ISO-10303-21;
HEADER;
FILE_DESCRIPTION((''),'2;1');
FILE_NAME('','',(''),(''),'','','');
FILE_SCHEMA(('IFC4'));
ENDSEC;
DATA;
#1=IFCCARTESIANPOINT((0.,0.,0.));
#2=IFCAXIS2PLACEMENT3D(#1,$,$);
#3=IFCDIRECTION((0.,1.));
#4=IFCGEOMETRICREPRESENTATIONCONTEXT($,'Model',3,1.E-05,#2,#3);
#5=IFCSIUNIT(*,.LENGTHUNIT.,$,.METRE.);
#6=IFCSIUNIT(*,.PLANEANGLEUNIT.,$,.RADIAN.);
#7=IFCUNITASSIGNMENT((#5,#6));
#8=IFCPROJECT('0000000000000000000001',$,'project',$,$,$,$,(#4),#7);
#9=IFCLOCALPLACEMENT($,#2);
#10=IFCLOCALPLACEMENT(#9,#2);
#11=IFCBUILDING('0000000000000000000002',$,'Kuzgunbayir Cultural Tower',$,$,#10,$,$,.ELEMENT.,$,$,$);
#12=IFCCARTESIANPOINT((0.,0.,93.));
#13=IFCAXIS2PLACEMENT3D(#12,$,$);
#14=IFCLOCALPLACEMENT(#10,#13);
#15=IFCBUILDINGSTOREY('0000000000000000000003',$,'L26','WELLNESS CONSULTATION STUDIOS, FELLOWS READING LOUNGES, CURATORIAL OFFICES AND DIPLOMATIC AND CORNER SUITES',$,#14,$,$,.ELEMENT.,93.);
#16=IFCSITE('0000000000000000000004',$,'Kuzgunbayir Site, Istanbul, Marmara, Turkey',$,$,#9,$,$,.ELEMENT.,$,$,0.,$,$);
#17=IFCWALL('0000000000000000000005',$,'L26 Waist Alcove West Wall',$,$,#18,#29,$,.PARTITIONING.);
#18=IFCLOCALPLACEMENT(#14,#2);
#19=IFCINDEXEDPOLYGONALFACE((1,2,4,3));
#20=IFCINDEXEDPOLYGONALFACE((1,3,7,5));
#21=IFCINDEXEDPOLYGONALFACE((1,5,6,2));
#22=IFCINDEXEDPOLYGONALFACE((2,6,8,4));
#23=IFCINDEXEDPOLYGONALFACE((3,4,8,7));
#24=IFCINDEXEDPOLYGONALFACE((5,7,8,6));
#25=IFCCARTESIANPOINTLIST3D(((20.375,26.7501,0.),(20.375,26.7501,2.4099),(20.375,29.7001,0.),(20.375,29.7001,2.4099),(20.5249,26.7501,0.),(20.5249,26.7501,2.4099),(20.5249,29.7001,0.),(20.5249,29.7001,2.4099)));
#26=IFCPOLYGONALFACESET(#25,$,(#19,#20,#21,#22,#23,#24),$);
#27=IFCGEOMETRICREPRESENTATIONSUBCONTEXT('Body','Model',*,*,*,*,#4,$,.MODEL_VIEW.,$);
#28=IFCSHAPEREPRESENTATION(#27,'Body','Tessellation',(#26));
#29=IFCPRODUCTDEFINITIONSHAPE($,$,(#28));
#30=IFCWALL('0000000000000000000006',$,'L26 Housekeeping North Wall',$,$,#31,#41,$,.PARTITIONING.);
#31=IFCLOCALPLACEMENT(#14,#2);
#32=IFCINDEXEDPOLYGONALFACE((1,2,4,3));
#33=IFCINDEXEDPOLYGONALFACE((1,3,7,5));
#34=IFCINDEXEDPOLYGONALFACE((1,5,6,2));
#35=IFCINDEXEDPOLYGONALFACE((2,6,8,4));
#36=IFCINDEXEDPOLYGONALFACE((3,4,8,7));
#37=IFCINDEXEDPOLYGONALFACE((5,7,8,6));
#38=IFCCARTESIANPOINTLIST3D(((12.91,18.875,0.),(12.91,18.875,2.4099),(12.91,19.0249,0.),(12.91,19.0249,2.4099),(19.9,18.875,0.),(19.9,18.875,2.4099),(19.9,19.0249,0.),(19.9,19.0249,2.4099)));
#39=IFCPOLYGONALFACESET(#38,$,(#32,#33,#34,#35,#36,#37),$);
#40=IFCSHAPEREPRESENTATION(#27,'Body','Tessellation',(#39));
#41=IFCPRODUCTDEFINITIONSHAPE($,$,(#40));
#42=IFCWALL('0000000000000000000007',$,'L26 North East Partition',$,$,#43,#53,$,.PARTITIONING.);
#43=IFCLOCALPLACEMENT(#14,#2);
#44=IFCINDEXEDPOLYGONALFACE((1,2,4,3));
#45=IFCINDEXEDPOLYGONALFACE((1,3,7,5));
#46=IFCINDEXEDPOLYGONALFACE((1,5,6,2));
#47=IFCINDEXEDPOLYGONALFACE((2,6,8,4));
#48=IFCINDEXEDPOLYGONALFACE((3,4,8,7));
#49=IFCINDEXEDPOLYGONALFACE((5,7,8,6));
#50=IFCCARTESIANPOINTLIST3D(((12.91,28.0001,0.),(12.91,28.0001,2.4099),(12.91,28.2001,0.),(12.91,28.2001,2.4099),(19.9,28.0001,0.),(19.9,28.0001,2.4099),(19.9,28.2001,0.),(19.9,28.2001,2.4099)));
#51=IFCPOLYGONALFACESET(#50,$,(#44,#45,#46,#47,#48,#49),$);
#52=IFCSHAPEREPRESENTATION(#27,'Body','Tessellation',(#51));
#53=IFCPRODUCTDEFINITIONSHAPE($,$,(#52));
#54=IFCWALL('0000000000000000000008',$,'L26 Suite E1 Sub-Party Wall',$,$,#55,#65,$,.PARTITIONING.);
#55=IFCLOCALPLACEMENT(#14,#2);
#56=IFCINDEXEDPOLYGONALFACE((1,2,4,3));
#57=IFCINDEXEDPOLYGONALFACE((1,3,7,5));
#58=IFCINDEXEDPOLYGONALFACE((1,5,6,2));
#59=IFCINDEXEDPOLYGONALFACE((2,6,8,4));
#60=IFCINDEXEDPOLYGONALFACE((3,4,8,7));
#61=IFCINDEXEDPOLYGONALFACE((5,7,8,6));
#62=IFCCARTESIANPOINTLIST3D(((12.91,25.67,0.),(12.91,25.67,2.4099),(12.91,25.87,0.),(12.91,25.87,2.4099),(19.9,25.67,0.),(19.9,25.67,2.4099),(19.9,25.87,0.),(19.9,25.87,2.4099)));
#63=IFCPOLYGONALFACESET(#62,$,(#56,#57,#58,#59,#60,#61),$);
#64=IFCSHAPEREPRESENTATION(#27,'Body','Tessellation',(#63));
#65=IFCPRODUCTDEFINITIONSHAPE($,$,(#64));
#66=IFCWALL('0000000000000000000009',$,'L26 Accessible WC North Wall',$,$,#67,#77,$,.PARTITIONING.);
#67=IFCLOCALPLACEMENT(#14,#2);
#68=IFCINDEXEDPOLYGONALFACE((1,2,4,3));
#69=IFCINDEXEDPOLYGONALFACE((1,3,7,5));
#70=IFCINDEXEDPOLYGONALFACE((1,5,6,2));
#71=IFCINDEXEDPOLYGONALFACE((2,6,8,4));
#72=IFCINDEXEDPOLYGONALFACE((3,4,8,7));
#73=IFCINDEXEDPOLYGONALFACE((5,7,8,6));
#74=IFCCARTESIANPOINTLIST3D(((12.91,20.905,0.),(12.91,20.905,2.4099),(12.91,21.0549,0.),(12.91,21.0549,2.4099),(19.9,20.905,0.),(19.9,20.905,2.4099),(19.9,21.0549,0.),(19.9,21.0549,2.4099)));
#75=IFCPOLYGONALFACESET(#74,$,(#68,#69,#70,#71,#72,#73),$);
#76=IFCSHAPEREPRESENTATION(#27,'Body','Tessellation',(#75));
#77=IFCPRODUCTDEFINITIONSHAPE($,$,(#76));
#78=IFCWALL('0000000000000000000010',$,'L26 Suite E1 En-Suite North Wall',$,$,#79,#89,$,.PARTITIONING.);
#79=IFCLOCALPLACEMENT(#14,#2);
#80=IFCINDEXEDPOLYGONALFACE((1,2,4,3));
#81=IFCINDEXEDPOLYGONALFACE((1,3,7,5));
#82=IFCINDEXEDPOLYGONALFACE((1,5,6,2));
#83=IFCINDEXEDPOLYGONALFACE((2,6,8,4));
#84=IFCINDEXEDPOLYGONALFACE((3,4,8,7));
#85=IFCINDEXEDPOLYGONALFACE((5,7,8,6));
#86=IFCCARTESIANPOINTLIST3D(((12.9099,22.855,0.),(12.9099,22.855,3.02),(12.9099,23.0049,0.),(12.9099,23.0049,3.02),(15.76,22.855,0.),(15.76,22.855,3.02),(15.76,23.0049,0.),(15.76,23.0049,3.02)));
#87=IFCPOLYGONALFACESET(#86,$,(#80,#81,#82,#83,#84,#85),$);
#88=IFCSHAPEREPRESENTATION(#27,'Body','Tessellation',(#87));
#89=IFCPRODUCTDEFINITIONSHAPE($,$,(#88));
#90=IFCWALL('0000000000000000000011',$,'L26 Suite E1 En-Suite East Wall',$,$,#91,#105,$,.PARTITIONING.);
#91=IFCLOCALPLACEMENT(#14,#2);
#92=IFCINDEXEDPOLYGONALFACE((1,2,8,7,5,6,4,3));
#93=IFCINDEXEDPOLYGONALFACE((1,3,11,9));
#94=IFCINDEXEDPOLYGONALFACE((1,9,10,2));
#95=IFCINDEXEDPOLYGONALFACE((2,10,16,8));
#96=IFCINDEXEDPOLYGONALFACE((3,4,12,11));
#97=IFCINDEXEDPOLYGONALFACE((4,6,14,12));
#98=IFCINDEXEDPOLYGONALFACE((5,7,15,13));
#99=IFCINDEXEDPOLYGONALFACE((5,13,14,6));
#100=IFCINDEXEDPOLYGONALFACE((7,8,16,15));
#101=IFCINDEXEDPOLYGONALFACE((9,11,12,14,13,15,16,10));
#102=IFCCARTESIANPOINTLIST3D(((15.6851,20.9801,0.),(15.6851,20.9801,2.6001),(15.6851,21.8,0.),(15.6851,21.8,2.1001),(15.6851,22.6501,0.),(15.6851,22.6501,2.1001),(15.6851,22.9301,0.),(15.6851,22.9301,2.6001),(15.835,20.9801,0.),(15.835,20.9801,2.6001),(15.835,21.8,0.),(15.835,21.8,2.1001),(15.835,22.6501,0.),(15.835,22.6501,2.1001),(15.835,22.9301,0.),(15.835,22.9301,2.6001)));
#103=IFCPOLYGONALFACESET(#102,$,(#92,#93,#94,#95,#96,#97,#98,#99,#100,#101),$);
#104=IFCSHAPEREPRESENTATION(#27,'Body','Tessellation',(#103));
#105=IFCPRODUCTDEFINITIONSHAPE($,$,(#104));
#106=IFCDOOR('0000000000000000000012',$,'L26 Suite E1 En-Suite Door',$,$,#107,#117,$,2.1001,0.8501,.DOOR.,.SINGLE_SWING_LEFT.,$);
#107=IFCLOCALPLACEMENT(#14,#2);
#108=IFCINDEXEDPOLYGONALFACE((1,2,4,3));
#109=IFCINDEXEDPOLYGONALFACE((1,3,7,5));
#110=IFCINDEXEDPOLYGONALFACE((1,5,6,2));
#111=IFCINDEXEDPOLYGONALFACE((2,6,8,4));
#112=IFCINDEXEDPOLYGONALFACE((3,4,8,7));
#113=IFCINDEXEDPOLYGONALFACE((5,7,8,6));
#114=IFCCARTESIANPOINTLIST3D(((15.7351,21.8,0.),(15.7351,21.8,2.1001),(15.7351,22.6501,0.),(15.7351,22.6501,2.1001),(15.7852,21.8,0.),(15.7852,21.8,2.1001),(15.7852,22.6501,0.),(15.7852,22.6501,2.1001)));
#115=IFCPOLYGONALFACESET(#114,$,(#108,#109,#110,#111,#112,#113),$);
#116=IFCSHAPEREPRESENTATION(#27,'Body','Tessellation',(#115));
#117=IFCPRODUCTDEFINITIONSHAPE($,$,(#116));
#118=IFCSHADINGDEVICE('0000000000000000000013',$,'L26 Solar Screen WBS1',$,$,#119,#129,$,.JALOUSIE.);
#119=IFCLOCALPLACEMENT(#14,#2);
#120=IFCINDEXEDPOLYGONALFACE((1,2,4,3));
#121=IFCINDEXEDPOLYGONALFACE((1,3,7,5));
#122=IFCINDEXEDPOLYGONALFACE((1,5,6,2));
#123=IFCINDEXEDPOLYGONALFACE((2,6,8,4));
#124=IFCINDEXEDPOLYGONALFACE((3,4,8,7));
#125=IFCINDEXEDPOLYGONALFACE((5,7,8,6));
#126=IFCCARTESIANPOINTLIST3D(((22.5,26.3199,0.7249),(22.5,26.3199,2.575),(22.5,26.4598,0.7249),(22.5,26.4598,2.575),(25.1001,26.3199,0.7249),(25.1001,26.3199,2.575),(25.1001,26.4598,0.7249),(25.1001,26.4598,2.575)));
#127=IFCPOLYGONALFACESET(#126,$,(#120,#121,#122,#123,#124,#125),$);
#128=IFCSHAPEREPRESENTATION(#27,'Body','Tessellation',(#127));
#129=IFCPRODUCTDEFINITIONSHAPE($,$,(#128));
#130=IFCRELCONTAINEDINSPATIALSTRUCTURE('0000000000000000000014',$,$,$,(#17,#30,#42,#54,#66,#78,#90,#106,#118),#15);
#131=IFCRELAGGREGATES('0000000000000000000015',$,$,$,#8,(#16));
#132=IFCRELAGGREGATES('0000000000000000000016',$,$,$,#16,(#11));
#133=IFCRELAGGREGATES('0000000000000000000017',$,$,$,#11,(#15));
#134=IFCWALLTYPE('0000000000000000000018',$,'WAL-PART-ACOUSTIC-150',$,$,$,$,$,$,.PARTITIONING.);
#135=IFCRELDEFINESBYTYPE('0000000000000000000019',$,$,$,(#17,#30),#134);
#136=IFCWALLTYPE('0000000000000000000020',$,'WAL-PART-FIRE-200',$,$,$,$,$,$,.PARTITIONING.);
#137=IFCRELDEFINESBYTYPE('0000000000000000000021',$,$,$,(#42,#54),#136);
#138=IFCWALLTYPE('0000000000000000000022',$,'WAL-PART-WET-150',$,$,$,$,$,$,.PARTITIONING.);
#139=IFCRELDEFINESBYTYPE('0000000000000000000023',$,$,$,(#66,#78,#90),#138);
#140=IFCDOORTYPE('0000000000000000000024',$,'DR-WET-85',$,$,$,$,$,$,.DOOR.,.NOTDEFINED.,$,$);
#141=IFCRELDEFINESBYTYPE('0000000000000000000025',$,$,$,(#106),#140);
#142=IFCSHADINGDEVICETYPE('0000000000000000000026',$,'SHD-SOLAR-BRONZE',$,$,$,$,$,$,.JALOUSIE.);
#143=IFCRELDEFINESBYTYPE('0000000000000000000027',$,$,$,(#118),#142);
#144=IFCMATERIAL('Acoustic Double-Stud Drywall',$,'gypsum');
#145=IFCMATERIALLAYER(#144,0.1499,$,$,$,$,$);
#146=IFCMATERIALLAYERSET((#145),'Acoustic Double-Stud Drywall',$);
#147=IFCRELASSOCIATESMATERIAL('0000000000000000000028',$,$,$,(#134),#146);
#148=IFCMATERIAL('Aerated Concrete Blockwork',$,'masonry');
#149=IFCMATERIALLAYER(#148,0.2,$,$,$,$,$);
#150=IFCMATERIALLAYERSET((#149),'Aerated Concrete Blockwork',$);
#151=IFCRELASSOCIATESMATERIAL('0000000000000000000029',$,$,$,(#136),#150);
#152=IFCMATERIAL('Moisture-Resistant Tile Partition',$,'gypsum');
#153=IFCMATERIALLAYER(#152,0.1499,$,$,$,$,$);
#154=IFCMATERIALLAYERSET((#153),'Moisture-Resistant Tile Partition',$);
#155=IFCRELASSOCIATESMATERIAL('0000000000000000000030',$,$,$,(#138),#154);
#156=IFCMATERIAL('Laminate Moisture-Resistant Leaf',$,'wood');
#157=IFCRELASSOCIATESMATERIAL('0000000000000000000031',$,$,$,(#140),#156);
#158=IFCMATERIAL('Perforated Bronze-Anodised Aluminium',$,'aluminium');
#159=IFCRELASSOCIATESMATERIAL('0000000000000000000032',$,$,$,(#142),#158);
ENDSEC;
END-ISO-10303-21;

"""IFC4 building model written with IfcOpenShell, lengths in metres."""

from ifc_helpers import new_model, si_unit, direction, frame, frame_2d, origin, origin_2d, place, context, subcontext, project, spatial, rectangle, extrude, material, layer, layer_set, type_object, element, fill, save


model = new_model("IFC4")

# Units and contexts
model_context = context("Model", 3, precision=1e-05, world=origin(), true_north=direction((0.0, 1.0)))
body_context = subcontext(model_context, "Body", "Model", "MODEL_VIEW")
ifc_project = project(units=[si_unit("LENGTHUNIT", "METRE"), si_unit("PLANEANGLEUNIT", "RADIAN")], contexts=[model_context])

# Site, building, storey
site_placement = place(None, origin())
site = spatial("IfcSite", under=ifc_project, at=site_placement, Name="Kuzgunbayir Site, Istanbul, Marmara, Turkey", CompositionType="ELEMENT", RefElevation=0.0)
building_placement = place(site_placement, origin())
building = spatial("IfcBuilding", under=site, at=building_placement, Name="Kuzgunbayir Cultural Tower", CompositionType="ELEMENT")
storey_placement = place(building_placement, frame((0.0, 0.0, 93.0)))
storey = spatial("IfcBuildingStorey", under=building, at=storey_placement, Name="L26", Description="WELLNESS CONSULTATION STUDIOS, FELLOWS READING LOUNGES, CURATORIAL OFFICES AND DIPLOMATIC AND CORNER SUITES", CompositionType="ELEMENT", Elevation=93.0)

# Shared definitions
ifc_material_1 = material(Name="Acoustic Double-Stud Drywall", Category="gypsum")
ifc_layer_1 = layer(ifc_material_1, 0.1499)
ifc_layer_set_1 = layer_set([ifc_layer_1], Name="Acoustic Double-Stud Drywall")
wall_type_1 = type_object("IfcWallType", Name="WAL-PART-ACOUSTIC-150", PredefinedType="PARTITIONING", material=ifc_layer_set_1)

# Walls
wall_1_placement = place(storey_placement, frame((20.45, 26.75, 0.0), z_axis=(0.0, 0.0, 1.0), x_axis=(0.0, 1.0, 0.0)))
element("IfcWall", 1, at=wall_1_placement, inside=storey, type_object=wall_type_1, Name="L26 Waist Alcove West Wall", PredefinedType="PARTITIONING", context=body_context, shape_type="SweptSolid", body=[
    extrude(rectangle(XDim=2.95, YDim=0.1499, at=frame_2d((1.4751, 0.0))), origin(), (0.0, 0.0, 1.0), 2.4099),
])
wall_2_placement = place(storey_placement, frame((12.9099, 18.95, 0.0), z_axis=(0.0, 0.0, 1.0), x_axis=(1.0, 0.0, 0.0)))
element("IfcWall", 2, at=wall_2_placement, inside=storey, type_object=wall_type_1, Name="L26 Housekeeping North Wall", PredefinedType="PARTITIONING", context=body_context, shape_type="SweptSolid", body=[
    extrude(rectangle(XDim=6.99, YDim=0.1499, at=frame_2d((3.4951, 0.0))), origin(), (0.0, 0.0, 1.0), 2.4099),
])
ifc_material_2 = material(Name="Aerated Concrete Blockwork", Category="masonry")
ifc_layer_2 = layer(ifc_material_2, 0.2)
ifc_layer_set_2 = layer_set([ifc_layer_2], Name="Aerated Concrete Blockwork")
wall_type_2 = type_object("IfcWallType", Name="WAL-PART-FIRE-200", PredefinedType="PARTITIONING", material=ifc_layer_set_2)
for number, where, z_axis, x_axis, name in (
    (3, (12.9099, 28.1001, 0.0), (0.0, 0.0, 1.0), (1.0, 0.0, 0.0), "L26 North East Partition"),
    (4, (12.9099, 25.77, 0.0), (0.0, 0.0, 1.0), (1.0, 0.0, 0.0), "L26 Suite E1 Sub-Party Wall"),
):
    element("IfcWall", number, at=place(storey_placement, frame(where, z_axis=z_axis, x_axis=x_axis)), inside=storey, type_object=wall_type_2, Name=name, PredefinedType="PARTITIONING", context=body_context, shape_type="SweptSolid", body=[
        extrude(rectangle(XDim=6.99, YDim=0.2, at=frame_2d((3.4951, 0.0))), origin(), (0.0, 0.0, 1.0), 2.4099),
    ])
ifc_material_3 = material(Name="Moisture-Resistant Tile Partition", Category="gypsum")
ifc_layer_3 = layer(ifc_material_3, 0.1499)
ifc_layer_set_3 = layer_set([ifc_layer_3], Name="Moisture-Resistant Tile Partition")
wall_type_3 = type_object("IfcWallType", Name="WAL-PART-WET-150", PredefinedType="PARTITIONING", material=ifc_layer_set_3)
wall_3_placement = place(storey_placement, frame((12.9099, 20.98, 0.0), z_axis=(0.0, 0.0, 1.0), x_axis=(1.0, 0.0, 0.0)))
element("IfcWall", 5, at=wall_3_placement, inside=storey, type_object=wall_type_3, Name="L26 Accessible WC North Wall", PredefinedType="PARTITIONING", context=body_context, shape_type="SweptSolid", body=[
    extrude(rectangle(XDim=6.99, YDim=0.1499, at=frame_2d((3.4951, 0.0))), origin(), (0.0, 0.0, 1.0), 2.4099),
])
wall_4_placement = place(storey_placement, frame((12.9099, 22.9299, 0.0), z_axis=(0.0, 0.0, 1.0), x_axis=(1.0, 0.0, 0.0)))
element("IfcWall", 6, at=wall_4_placement, inside=storey, type_object=wall_type_3, Name="L26 Suite E1 En-Suite North Wall", PredefinedType="PARTITIONING", context=body_context, shape_type="SweptSolid", body=[
    extrude(rectangle(XDim=2.8501, YDim=0.1499, at=frame_2d((1.425, 0.0))), origin(), (0.0, 0.0, 1.0), 3.02),
])

# Wall, opening, door
wall_5_placement = place(storey_placement, frame((15.76, 20.98, 0.0), z_axis=(0.0, 0.0, 1.0), x_axis=(0.0, 1.0, 0.0)))
wall_5 = element("IfcWall", 7, at=wall_5_placement, inside=storey, type_object=wall_type_3, Name="L26 Suite E1 En-Suite East Wall", PredefinedType="PARTITIONING", context=body_context, shape_type="SweptSolid", body=[
    extrude(rectangle(XDim=1.95, YDim=0.1499, at=frame_2d((0.9751, 0.0))), origin(), (0.0, 0.0, 1.0), 2.6001),
])
opening_1_placement = place(wall_5_placement, frame((0.8201, 0.0, 0.0)))
opening_1 = element("IfcOpeningElement", 8, at=opening_1_placement, cuts=wall_5, PredefinedType="OPENING", context=body_context, shape_type="SweptSolid", body=[
    extrude(rectangle(XDim=0.8501, YDim=2.1001, at=frame_2d((0.425, 1.05))), frame((0.0, 0.085, 0.0), z_axis=(0.0, -1.0, 0.0), x_axis=(1.0, 0.0, 0.0)), (0.0, 0.0, 1.0), 0.1699),
])
ifc_material_4 = material(Name="Laminate Moisture-Resistant Leaf", Category="wood")
door_type_1 = type_object("IfcDoorType", Name="DR-WET-85", OperationType="NOTDEFINED", PredefinedType="DOOR", material=ifc_material_4)
door_1_placement = place(opening_1_placement, origin())
door_1 = element("IfcDoor", 9, at=door_1_placement, inside=storey, type_object=door_type_1, Name="L26 Suite E1 En-Suite Door", OperationType="SINGLE_SWING_LEFT", OverallHeight=2.1001, OverallWidth=0.8501, PredefinedType="DOOR", context=body_context, shape_type="SweptSolid", body=[
    extrude(rectangle(XDim=0.8501, YDim=2.1001, at=frame_2d((0.425, 1.05))), frame((0.0, 0.0249, 0.0), z_axis=(0.0, -1.0, 0.0), x_axis=(1.0, 0.0, 0.0)), (0.0, 0.0, 1.0), 0.05),
])
fill(opening_1, door_1)

# Shading device
ifc_material_5 = material(Name="Perforated Bronze-Anodised Aluminium", Category="aluminium")
shading_device_type = type_object("IfcShadingDeviceType", Name="SHD-SOLAR-BRONZE", PredefinedType="JALOUSIE", material=ifc_material_5)
shading_device_placement = place(storey_placement, frame((23.8, 26.3899, 0.7249), z_axis=(0.0, 0.0, 1.0), x_axis=(1.0, 0.0, 0.0)))
element("IfcShadingDevice", 10, at=shading_device_placement, inside=storey, type_object=shading_device_type, Name="L26 Solar Screen WBS1", PredefinedType="JALOUSIE", context=body_context, shape_type="SweptSolid", body=[
    extrude(rectangle(XDim=2.6001, YDim=0.1399, at=origin_2d()), origin(), (0.0, 0.0, 1.0), 1.8501),
])

save(model, "model.ifc")
